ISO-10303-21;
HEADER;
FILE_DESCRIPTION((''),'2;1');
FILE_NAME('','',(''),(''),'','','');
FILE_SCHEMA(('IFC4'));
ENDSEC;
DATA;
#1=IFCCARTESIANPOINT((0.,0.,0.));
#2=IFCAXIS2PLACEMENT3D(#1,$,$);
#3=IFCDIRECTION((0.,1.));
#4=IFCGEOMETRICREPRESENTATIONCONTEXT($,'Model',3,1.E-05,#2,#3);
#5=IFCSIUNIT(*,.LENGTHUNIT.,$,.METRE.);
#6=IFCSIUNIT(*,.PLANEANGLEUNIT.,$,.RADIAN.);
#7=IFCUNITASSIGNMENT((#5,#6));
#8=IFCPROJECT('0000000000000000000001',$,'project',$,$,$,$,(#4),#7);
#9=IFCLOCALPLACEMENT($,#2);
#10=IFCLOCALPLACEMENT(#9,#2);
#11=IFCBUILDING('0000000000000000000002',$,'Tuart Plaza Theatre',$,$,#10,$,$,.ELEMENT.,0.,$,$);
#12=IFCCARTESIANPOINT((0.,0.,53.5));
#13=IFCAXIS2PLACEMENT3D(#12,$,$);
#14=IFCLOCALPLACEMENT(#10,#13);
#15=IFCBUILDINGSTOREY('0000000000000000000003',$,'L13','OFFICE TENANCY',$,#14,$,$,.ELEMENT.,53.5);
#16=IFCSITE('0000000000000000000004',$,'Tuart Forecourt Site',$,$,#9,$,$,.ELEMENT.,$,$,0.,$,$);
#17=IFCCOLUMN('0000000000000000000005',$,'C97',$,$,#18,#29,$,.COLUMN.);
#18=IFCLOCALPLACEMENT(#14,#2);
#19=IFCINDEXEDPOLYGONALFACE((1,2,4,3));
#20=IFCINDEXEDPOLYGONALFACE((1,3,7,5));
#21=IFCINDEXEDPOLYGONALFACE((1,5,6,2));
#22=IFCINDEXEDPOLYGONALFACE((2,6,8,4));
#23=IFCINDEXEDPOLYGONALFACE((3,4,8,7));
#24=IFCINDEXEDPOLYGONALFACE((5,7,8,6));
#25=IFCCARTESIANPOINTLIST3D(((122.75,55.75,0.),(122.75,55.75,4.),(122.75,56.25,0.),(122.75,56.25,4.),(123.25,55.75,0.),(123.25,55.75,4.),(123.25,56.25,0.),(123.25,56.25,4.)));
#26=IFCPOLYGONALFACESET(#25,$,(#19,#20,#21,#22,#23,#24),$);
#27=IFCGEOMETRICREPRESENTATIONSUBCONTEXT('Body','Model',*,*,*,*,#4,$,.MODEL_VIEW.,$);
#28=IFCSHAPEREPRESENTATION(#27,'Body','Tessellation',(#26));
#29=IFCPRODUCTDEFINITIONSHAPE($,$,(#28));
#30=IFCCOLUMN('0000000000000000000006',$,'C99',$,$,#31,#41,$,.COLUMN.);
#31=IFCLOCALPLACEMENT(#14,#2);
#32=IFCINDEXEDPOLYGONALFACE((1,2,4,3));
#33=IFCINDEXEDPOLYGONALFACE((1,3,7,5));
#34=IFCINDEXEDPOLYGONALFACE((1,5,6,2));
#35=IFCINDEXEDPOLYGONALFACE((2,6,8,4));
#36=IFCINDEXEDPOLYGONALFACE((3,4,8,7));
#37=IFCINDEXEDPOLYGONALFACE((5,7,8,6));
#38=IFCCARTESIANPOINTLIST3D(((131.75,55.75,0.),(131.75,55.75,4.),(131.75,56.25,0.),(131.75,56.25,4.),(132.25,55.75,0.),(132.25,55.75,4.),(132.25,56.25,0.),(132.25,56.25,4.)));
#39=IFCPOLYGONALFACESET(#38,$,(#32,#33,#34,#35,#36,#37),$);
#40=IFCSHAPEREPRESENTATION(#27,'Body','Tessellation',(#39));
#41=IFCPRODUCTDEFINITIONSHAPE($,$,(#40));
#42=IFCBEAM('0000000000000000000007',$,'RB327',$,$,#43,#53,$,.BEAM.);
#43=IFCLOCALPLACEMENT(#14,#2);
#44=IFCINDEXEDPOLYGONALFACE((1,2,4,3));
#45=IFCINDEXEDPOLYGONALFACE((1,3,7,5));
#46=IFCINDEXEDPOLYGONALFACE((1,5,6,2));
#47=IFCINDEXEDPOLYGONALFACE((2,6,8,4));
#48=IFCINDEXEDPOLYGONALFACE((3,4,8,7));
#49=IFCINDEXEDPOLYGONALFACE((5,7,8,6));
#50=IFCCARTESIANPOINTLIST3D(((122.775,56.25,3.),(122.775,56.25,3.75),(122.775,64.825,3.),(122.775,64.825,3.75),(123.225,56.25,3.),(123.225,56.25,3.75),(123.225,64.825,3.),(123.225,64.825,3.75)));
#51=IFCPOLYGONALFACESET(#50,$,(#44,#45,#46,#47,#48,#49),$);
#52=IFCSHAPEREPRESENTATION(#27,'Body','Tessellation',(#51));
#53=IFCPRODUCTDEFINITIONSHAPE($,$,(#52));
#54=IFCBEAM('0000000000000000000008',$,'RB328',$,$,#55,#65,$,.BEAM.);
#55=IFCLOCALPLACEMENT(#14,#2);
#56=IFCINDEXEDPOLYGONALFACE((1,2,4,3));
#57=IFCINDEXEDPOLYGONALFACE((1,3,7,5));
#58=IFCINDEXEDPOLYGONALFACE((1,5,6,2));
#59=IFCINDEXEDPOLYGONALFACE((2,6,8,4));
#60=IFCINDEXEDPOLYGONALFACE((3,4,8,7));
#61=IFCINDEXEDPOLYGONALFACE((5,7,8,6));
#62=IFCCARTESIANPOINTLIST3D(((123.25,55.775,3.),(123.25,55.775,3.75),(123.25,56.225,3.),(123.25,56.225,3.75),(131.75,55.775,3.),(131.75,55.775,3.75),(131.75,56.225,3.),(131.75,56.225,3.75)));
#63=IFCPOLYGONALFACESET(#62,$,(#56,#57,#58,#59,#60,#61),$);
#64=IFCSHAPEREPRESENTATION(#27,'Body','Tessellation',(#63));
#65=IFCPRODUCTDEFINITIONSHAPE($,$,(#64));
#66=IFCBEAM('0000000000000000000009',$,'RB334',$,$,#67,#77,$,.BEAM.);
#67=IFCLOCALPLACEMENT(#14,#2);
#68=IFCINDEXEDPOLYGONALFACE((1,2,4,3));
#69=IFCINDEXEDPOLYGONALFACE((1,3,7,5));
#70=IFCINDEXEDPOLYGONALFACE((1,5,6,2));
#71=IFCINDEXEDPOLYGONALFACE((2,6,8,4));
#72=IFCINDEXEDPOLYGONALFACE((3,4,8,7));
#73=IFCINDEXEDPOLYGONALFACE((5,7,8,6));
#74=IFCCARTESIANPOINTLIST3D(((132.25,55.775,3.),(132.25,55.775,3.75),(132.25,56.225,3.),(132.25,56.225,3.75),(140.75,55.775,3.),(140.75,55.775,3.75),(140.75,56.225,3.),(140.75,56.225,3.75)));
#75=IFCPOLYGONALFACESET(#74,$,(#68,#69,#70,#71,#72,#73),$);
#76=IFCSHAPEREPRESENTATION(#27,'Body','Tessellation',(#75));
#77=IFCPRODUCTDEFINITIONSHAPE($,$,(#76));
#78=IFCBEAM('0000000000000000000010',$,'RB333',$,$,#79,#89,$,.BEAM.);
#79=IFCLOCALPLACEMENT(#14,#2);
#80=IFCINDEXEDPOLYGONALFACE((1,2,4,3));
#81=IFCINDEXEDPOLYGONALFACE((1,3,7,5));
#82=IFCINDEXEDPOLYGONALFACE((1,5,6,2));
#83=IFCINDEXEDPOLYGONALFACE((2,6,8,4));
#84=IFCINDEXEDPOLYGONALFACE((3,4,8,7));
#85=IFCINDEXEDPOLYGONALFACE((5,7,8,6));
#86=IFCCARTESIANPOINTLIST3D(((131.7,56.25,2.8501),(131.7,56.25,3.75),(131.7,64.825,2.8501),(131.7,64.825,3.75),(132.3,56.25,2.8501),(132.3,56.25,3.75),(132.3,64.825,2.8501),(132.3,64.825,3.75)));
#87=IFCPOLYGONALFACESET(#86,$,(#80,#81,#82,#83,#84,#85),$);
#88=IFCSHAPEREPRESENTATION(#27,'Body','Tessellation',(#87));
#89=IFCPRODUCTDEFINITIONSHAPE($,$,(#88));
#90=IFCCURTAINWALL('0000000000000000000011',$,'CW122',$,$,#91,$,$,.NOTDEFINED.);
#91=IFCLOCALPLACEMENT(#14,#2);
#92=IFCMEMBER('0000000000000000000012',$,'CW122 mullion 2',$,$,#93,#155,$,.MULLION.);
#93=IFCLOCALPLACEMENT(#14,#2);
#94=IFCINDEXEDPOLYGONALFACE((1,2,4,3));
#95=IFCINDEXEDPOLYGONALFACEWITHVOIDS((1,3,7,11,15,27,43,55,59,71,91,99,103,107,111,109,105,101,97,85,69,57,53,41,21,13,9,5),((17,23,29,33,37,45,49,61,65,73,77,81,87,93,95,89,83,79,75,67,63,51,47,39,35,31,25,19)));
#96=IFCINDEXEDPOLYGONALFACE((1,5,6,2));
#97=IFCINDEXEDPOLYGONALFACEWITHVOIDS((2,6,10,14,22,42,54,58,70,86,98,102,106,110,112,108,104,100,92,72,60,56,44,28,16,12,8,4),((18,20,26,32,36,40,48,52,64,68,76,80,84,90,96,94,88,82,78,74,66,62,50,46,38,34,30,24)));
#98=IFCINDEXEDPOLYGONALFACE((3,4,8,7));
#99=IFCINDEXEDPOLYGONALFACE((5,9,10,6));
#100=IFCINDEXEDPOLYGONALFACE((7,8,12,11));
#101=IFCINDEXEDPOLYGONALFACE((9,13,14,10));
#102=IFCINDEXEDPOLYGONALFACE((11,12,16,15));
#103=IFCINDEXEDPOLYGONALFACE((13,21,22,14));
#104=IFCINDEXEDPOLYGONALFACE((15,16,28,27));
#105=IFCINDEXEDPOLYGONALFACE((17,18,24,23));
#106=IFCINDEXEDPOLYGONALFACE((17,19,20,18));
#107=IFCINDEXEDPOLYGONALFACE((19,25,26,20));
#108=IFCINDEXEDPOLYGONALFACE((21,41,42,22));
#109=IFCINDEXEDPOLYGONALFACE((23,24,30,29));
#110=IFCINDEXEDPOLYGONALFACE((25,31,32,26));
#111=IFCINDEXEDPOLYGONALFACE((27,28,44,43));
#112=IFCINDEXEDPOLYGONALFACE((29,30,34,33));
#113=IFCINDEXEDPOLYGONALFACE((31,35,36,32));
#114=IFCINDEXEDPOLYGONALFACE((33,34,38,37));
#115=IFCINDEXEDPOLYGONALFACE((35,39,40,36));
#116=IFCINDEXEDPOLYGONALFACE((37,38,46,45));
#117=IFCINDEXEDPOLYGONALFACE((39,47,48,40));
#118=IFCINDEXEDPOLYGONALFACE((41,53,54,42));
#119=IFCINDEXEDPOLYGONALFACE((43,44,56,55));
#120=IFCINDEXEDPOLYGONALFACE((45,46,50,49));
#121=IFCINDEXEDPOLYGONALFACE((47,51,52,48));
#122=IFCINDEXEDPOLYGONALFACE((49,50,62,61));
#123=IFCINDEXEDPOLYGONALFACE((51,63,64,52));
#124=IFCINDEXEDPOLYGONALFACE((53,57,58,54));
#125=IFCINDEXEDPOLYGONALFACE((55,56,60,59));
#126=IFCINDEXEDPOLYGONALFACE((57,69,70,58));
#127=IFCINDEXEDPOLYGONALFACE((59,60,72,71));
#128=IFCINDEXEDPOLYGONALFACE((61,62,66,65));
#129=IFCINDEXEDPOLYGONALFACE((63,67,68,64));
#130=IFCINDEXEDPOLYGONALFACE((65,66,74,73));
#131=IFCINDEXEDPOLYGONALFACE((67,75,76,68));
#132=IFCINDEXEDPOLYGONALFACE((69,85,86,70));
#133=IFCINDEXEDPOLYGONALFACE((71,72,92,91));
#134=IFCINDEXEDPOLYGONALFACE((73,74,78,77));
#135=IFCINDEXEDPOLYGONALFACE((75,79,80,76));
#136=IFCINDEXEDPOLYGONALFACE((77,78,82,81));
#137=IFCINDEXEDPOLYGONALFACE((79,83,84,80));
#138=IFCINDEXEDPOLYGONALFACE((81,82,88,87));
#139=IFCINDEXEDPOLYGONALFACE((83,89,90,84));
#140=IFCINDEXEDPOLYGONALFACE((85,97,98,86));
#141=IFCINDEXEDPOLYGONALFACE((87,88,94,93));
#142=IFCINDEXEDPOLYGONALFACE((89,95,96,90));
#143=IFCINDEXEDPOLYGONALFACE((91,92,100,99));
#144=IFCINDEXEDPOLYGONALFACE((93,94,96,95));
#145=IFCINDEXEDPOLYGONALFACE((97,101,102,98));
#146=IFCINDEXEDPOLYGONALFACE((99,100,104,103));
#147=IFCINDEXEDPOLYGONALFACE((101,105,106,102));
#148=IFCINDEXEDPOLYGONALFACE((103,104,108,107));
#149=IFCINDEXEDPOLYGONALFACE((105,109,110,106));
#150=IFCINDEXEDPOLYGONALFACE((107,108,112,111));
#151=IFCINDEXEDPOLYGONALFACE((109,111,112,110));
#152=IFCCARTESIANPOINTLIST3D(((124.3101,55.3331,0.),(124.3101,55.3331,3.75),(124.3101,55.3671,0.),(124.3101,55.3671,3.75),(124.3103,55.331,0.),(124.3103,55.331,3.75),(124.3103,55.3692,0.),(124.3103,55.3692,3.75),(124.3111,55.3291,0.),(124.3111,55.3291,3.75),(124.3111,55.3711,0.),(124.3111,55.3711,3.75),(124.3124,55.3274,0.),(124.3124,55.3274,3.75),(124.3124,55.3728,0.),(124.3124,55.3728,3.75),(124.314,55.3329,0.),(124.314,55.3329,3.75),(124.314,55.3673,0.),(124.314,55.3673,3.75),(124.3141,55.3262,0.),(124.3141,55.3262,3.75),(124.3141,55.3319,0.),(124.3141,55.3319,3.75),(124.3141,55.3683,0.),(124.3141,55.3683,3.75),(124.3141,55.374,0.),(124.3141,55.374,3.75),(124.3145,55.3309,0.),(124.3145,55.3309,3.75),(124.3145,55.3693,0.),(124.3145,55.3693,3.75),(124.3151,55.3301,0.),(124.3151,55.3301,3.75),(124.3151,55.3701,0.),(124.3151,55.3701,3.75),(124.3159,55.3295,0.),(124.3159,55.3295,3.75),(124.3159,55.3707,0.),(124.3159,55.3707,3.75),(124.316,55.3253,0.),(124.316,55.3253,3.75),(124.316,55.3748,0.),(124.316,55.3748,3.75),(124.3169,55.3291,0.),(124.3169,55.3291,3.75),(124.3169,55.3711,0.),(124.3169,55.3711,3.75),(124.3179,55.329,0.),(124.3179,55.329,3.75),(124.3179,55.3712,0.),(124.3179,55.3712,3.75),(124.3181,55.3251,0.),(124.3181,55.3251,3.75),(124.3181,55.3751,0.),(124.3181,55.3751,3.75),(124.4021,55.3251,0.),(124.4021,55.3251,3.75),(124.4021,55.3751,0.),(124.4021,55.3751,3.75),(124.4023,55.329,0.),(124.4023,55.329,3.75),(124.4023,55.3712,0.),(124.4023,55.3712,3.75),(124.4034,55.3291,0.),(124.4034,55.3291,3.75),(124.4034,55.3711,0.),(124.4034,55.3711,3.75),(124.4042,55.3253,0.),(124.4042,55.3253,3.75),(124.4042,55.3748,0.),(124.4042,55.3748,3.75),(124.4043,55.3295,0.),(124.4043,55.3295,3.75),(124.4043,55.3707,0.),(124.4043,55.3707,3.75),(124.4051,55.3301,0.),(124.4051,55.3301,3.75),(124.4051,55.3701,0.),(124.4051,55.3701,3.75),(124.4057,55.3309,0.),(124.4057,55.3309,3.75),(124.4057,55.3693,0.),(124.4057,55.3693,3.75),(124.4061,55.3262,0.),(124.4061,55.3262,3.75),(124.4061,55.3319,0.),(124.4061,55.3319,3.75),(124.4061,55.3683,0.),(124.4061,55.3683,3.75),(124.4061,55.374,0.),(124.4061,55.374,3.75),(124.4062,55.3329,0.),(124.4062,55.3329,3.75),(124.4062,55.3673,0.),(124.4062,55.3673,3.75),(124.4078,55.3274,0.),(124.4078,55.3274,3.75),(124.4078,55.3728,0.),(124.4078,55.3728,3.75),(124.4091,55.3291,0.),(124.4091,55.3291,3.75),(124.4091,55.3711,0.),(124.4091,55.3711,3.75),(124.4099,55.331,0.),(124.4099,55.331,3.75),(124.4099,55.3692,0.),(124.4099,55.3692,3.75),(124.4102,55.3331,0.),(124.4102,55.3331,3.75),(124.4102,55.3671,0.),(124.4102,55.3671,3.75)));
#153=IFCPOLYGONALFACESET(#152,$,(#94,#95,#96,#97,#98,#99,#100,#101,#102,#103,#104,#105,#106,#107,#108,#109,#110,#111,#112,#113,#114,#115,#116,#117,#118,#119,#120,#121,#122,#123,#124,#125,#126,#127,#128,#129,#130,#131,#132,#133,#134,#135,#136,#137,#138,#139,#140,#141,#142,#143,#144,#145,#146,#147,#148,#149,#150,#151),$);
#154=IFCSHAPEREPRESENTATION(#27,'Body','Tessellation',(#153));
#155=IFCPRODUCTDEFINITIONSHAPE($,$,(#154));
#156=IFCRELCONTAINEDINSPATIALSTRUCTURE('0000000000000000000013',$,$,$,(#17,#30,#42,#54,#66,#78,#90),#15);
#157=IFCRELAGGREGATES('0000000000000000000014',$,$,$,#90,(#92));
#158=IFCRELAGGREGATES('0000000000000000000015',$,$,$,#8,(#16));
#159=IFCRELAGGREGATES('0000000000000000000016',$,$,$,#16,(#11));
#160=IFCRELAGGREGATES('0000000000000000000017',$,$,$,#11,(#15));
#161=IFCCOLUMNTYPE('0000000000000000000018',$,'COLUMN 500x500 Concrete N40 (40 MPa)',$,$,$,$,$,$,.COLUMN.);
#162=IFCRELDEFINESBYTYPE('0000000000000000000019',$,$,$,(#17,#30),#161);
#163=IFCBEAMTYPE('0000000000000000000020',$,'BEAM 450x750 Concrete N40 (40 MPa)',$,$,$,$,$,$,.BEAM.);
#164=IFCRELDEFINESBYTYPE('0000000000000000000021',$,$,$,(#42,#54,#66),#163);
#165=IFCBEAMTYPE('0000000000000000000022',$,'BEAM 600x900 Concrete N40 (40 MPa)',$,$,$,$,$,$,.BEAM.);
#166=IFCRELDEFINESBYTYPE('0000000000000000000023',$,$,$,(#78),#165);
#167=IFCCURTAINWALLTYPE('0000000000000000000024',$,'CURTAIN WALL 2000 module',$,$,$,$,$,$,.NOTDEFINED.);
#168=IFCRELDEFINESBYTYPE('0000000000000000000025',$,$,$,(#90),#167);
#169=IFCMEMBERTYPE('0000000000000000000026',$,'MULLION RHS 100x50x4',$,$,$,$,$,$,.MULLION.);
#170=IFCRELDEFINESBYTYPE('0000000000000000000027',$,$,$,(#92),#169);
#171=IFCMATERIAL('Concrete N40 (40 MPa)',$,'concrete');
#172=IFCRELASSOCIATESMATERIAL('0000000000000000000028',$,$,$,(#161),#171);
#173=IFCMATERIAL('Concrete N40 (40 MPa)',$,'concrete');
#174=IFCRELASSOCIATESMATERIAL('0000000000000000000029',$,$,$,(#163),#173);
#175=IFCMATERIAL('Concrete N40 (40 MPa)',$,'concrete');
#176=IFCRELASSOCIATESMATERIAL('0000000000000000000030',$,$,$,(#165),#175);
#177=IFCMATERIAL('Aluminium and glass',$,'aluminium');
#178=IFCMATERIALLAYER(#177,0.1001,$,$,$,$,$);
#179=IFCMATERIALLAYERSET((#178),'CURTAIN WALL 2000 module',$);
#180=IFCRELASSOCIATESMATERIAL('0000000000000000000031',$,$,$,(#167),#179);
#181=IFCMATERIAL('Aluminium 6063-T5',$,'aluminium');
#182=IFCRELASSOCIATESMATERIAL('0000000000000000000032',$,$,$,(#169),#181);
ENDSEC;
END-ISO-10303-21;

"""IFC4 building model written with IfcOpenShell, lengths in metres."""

from ifc_helpers import new_model, si_unit, direction, frame, origin, origin_2d, place, context, subcontext, project, spatial, rectangle, hollow_rectangle, extrude, material, layer, layer_set, material_profile, profile_set, type_object, element, aggregate, save


model = new_model("IFC4")

# Units and contexts
model_context = context("Model", 3, precision=1e-05, world=origin(), true_north=direction((0.0, 1.0)))
body_context = subcontext(model_context, "Body", "Model", "MODEL_VIEW")
ifc_project = project(units=[si_unit("LENGTHUNIT", "METRE"), si_unit("PLANEANGLEUNIT", "RADIAN")], contexts=[model_context])

# Site, building, storey
site_placement = place(None, origin())
site = spatial("IfcSite", under=ifc_project, at=site_placement, Name="Tuart Forecourt Site", CompositionType="ELEMENT", RefElevation=0.0)
building_placement = place(site_placement, origin())
building = spatial("IfcBuilding", under=site, at=building_placement, Name="Tuart Plaza Theatre", CompositionType="ELEMENT", ElevationOfRefHeight=0.0)
storey_placement = place(building_placement, frame((0.0, 0.0, 53.5)))
storey = spatial("IfcBuildingStorey", under=building, at=storey_placement, Name="L13", Description="OFFICE TENANCY", CompositionType="ELEMENT", Elevation=53.5)

# Columns
ifc_material_1 = material(Name="Concrete N40 (40 MPa)", Category="concrete")
ifc_material_profile_1 = material_profile(ifc_material_1, rectangle(XDim=0.5, YDim=0.5, at=origin_2d()), Name="COLUMN 500x500 Concrete N40 (40 MPa)")
ifc_profile_set_1 = profile_set([ifc_material_profile_1], Name="Concrete N40 (40 MPa)")
column_type = type_object("IfcColumnType", Name="COLUMN 500x500 Concrete N40 (40 MPa)", PredefinedType="COLUMN", material=ifc_profile_set_1)
for number, where, z_axis, x_axis, name in (
    (1, (123.0, 56.0, 0.0), (0.0, 0.0, 1.0), (1.0, 0.0, 0.0), "C97"),
    (2, (132.0, 56.0, 0.0), (0.0, 0.0, 1.0), (1.0, 0.0, 0.0), "C99"),
):
    element("IfcColumn", number, at=place(storey_placement, frame(where, z_axis=z_axis, x_axis=x_axis)), inside=storey, type_object=column_type, Name=name, PredefinedType="COLUMN", context=body_context, shape_type="SweptSolid", body=[
        extrude(rectangle(XDim=0.5, YDim=0.5, at=origin_2d()), origin(), (0.0, 0.0, 1.0), 4.0),
    ])

# Beams
ifc_material_2 = material(Name="Concrete N40 (40 MPa)", Category="concrete")
ifc_material_profile_2 = material_profile(ifc_material_2, rectangle(XDim=0.45, YDim=0.75, at=origin_2d()), Name="BEAM 450x750 Concrete N40 (40 MPa)")
ifc_profile_set_2 = profile_set([ifc_material_profile_2], Name="Concrete N40 (40 MPa)")
beam_type_1 = type_object("IfcBeamType", Name="BEAM 450x750 Concrete N40 (40 MPa)", PredefinedType="BEAM", material=ifc_profile_set_2)
beam_1_placement = place(storey_placement, frame((123.0, 56.25, 3.375), z_axis=(0.0, 1.0, 0.0), x_axis=(-1.0, 0.0, 0.0)))
element("IfcBeam", 3, at=beam_1_placement, inside=storey, type_object=beam_type_1, Name="RB327", PredefinedType="BEAM", context=body_context, shape_type="SweptSolid", body=[
    extrude(rectangle(XDim=0.45, YDim=0.75, at=origin_2d()), origin(), (0.0, 0.0, 1.0), 8.575),
])
for number, where, z_axis, x_axis, name in (
    (4, (123.25, 56.0, 3.375), (1.0, 0.0, 0.0), (0.0, 1.0, 0.0), "RB328"),
    (5, (132.25, 56.0, 3.375), (1.0, 0.0, 0.0), (0.0, 1.0, 0.0), "RB334"),
):
    element("IfcBeam", number, at=place(storey_placement, frame(where, z_axis=z_axis, x_axis=x_axis)), inside=storey, type_object=beam_type_1, Name=name, PredefinedType="BEAM", context=body_context, shape_type="SweptSolid", body=[
        extrude(rectangle(XDim=0.45, YDim=0.75, at=origin_2d()), origin(), (0.0, 0.0, 1.0), 8.5),
    ])
ifc_material_3 = material(Name="Concrete N40 (40 MPa)", Category="concrete")
ifc_material_profile_3 = material_profile(ifc_material_3, rectangle(XDim=0.6001, YDim=0.8999, at=origin_2d()), Name="BEAM 600x900 Concrete N40 (40 MPa)")
ifc_profile_set_3 = profile_set([ifc_material_profile_3], Name="Concrete N40 (40 MPa)")
beam_type_2 = type_object("IfcBeamType", Name="BEAM 600x900 Concrete N40 (40 MPa)", PredefinedType="BEAM", material=ifc_profile_set_3)
beam_2_placement = place(storey_placement, frame((132.0, 56.25, 3.3), z_axis=(0.0, 1.0, 0.0), x_axis=(-1.0, 0.0, 0.0)))
element("IfcBeam", 6, at=beam_2_placement, inside=storey, type_object=beam_type_2, Name="RB333", PredefinedType="BEAM", context=body_context, shape_type="SweptSolid", body=[
    extrude(rectangle(XDim=0.6001, YDim=0.8999, at=origin_2d()), origin(), (0.0, 0.0, 1.0), 8.575),
])

# Curtain wall, member
ifc_material_4 = material(Name="Aluminium and glass", Category="aluminium")
ifc_layer_1 = layer(ifc_material_4, 0.1001)
ifc_layer_set_1 = layer_set([ifc_layer_1], Name="CURTAIN WALL 2000 module")
curtain_wall_type = type_object("IfcCurtainWallType", Name="CURTAIN WALL 2000 module", PredefinedType="NOTDEFINED", material=ifc_layer_set_1)
curtain_wall_placement = place(storey_placement, origin())
curtain_wall = element("IfcCurtainWall", 7, at=curtain_wall_placement, inside=storey, type_object=curtain_wall_type, Name="CW122", PredefinedType="NOTDEFINED")
ifc_material_5 = material(Name="Aluminium 6063-T5", Category="aluminium")
ifc_material_profile_4 = material_profile(ifc_material_5, hollow_rectangle(XDim=0.05, YDim=0.1001, WallThickness=0.0039, InnerFilletRadius=0.0039, OuterFilletRadius=0.0081, at=origin_2d()), Name="RHS 100x50x4")
ifc_profile_set_4 = profile_set([ifc_material_profile_4], Name="Aluminium 6063-T5")
member_type_1 = type_object("IfcMemberType", Name="MULLION RHS 100x50x4", PredefinedType="MULLION", material=ifc_profile_set_4)
member_1_placement = place(storey_placement, frame((124.3601, 55.3501, 0.0), z_axis=(0.0, 0.0, 1.0), x_axis=(0.0, 1.0, 0.0)))
member_1 = element("IfcMember", 8, at=member_1_placement, type_object=member_type_1, Name="CW122 mullion 2", PredefinedType="MULLION", context=body_context, shape_type="SweptSolid", body=[
    extrude(hollow_rectangle(XDim=0.05, YDim=0.1001, WallThickness=0.0039, InnerFilletRadius=0.0039, OuterFilletRadius=0.0081, at=origin_2d()), origin(), (0.0, 0.0, 1.0), 3.75),
])
aggregate(curtain_wall, [member_1])

save(model, "model.ifc")
